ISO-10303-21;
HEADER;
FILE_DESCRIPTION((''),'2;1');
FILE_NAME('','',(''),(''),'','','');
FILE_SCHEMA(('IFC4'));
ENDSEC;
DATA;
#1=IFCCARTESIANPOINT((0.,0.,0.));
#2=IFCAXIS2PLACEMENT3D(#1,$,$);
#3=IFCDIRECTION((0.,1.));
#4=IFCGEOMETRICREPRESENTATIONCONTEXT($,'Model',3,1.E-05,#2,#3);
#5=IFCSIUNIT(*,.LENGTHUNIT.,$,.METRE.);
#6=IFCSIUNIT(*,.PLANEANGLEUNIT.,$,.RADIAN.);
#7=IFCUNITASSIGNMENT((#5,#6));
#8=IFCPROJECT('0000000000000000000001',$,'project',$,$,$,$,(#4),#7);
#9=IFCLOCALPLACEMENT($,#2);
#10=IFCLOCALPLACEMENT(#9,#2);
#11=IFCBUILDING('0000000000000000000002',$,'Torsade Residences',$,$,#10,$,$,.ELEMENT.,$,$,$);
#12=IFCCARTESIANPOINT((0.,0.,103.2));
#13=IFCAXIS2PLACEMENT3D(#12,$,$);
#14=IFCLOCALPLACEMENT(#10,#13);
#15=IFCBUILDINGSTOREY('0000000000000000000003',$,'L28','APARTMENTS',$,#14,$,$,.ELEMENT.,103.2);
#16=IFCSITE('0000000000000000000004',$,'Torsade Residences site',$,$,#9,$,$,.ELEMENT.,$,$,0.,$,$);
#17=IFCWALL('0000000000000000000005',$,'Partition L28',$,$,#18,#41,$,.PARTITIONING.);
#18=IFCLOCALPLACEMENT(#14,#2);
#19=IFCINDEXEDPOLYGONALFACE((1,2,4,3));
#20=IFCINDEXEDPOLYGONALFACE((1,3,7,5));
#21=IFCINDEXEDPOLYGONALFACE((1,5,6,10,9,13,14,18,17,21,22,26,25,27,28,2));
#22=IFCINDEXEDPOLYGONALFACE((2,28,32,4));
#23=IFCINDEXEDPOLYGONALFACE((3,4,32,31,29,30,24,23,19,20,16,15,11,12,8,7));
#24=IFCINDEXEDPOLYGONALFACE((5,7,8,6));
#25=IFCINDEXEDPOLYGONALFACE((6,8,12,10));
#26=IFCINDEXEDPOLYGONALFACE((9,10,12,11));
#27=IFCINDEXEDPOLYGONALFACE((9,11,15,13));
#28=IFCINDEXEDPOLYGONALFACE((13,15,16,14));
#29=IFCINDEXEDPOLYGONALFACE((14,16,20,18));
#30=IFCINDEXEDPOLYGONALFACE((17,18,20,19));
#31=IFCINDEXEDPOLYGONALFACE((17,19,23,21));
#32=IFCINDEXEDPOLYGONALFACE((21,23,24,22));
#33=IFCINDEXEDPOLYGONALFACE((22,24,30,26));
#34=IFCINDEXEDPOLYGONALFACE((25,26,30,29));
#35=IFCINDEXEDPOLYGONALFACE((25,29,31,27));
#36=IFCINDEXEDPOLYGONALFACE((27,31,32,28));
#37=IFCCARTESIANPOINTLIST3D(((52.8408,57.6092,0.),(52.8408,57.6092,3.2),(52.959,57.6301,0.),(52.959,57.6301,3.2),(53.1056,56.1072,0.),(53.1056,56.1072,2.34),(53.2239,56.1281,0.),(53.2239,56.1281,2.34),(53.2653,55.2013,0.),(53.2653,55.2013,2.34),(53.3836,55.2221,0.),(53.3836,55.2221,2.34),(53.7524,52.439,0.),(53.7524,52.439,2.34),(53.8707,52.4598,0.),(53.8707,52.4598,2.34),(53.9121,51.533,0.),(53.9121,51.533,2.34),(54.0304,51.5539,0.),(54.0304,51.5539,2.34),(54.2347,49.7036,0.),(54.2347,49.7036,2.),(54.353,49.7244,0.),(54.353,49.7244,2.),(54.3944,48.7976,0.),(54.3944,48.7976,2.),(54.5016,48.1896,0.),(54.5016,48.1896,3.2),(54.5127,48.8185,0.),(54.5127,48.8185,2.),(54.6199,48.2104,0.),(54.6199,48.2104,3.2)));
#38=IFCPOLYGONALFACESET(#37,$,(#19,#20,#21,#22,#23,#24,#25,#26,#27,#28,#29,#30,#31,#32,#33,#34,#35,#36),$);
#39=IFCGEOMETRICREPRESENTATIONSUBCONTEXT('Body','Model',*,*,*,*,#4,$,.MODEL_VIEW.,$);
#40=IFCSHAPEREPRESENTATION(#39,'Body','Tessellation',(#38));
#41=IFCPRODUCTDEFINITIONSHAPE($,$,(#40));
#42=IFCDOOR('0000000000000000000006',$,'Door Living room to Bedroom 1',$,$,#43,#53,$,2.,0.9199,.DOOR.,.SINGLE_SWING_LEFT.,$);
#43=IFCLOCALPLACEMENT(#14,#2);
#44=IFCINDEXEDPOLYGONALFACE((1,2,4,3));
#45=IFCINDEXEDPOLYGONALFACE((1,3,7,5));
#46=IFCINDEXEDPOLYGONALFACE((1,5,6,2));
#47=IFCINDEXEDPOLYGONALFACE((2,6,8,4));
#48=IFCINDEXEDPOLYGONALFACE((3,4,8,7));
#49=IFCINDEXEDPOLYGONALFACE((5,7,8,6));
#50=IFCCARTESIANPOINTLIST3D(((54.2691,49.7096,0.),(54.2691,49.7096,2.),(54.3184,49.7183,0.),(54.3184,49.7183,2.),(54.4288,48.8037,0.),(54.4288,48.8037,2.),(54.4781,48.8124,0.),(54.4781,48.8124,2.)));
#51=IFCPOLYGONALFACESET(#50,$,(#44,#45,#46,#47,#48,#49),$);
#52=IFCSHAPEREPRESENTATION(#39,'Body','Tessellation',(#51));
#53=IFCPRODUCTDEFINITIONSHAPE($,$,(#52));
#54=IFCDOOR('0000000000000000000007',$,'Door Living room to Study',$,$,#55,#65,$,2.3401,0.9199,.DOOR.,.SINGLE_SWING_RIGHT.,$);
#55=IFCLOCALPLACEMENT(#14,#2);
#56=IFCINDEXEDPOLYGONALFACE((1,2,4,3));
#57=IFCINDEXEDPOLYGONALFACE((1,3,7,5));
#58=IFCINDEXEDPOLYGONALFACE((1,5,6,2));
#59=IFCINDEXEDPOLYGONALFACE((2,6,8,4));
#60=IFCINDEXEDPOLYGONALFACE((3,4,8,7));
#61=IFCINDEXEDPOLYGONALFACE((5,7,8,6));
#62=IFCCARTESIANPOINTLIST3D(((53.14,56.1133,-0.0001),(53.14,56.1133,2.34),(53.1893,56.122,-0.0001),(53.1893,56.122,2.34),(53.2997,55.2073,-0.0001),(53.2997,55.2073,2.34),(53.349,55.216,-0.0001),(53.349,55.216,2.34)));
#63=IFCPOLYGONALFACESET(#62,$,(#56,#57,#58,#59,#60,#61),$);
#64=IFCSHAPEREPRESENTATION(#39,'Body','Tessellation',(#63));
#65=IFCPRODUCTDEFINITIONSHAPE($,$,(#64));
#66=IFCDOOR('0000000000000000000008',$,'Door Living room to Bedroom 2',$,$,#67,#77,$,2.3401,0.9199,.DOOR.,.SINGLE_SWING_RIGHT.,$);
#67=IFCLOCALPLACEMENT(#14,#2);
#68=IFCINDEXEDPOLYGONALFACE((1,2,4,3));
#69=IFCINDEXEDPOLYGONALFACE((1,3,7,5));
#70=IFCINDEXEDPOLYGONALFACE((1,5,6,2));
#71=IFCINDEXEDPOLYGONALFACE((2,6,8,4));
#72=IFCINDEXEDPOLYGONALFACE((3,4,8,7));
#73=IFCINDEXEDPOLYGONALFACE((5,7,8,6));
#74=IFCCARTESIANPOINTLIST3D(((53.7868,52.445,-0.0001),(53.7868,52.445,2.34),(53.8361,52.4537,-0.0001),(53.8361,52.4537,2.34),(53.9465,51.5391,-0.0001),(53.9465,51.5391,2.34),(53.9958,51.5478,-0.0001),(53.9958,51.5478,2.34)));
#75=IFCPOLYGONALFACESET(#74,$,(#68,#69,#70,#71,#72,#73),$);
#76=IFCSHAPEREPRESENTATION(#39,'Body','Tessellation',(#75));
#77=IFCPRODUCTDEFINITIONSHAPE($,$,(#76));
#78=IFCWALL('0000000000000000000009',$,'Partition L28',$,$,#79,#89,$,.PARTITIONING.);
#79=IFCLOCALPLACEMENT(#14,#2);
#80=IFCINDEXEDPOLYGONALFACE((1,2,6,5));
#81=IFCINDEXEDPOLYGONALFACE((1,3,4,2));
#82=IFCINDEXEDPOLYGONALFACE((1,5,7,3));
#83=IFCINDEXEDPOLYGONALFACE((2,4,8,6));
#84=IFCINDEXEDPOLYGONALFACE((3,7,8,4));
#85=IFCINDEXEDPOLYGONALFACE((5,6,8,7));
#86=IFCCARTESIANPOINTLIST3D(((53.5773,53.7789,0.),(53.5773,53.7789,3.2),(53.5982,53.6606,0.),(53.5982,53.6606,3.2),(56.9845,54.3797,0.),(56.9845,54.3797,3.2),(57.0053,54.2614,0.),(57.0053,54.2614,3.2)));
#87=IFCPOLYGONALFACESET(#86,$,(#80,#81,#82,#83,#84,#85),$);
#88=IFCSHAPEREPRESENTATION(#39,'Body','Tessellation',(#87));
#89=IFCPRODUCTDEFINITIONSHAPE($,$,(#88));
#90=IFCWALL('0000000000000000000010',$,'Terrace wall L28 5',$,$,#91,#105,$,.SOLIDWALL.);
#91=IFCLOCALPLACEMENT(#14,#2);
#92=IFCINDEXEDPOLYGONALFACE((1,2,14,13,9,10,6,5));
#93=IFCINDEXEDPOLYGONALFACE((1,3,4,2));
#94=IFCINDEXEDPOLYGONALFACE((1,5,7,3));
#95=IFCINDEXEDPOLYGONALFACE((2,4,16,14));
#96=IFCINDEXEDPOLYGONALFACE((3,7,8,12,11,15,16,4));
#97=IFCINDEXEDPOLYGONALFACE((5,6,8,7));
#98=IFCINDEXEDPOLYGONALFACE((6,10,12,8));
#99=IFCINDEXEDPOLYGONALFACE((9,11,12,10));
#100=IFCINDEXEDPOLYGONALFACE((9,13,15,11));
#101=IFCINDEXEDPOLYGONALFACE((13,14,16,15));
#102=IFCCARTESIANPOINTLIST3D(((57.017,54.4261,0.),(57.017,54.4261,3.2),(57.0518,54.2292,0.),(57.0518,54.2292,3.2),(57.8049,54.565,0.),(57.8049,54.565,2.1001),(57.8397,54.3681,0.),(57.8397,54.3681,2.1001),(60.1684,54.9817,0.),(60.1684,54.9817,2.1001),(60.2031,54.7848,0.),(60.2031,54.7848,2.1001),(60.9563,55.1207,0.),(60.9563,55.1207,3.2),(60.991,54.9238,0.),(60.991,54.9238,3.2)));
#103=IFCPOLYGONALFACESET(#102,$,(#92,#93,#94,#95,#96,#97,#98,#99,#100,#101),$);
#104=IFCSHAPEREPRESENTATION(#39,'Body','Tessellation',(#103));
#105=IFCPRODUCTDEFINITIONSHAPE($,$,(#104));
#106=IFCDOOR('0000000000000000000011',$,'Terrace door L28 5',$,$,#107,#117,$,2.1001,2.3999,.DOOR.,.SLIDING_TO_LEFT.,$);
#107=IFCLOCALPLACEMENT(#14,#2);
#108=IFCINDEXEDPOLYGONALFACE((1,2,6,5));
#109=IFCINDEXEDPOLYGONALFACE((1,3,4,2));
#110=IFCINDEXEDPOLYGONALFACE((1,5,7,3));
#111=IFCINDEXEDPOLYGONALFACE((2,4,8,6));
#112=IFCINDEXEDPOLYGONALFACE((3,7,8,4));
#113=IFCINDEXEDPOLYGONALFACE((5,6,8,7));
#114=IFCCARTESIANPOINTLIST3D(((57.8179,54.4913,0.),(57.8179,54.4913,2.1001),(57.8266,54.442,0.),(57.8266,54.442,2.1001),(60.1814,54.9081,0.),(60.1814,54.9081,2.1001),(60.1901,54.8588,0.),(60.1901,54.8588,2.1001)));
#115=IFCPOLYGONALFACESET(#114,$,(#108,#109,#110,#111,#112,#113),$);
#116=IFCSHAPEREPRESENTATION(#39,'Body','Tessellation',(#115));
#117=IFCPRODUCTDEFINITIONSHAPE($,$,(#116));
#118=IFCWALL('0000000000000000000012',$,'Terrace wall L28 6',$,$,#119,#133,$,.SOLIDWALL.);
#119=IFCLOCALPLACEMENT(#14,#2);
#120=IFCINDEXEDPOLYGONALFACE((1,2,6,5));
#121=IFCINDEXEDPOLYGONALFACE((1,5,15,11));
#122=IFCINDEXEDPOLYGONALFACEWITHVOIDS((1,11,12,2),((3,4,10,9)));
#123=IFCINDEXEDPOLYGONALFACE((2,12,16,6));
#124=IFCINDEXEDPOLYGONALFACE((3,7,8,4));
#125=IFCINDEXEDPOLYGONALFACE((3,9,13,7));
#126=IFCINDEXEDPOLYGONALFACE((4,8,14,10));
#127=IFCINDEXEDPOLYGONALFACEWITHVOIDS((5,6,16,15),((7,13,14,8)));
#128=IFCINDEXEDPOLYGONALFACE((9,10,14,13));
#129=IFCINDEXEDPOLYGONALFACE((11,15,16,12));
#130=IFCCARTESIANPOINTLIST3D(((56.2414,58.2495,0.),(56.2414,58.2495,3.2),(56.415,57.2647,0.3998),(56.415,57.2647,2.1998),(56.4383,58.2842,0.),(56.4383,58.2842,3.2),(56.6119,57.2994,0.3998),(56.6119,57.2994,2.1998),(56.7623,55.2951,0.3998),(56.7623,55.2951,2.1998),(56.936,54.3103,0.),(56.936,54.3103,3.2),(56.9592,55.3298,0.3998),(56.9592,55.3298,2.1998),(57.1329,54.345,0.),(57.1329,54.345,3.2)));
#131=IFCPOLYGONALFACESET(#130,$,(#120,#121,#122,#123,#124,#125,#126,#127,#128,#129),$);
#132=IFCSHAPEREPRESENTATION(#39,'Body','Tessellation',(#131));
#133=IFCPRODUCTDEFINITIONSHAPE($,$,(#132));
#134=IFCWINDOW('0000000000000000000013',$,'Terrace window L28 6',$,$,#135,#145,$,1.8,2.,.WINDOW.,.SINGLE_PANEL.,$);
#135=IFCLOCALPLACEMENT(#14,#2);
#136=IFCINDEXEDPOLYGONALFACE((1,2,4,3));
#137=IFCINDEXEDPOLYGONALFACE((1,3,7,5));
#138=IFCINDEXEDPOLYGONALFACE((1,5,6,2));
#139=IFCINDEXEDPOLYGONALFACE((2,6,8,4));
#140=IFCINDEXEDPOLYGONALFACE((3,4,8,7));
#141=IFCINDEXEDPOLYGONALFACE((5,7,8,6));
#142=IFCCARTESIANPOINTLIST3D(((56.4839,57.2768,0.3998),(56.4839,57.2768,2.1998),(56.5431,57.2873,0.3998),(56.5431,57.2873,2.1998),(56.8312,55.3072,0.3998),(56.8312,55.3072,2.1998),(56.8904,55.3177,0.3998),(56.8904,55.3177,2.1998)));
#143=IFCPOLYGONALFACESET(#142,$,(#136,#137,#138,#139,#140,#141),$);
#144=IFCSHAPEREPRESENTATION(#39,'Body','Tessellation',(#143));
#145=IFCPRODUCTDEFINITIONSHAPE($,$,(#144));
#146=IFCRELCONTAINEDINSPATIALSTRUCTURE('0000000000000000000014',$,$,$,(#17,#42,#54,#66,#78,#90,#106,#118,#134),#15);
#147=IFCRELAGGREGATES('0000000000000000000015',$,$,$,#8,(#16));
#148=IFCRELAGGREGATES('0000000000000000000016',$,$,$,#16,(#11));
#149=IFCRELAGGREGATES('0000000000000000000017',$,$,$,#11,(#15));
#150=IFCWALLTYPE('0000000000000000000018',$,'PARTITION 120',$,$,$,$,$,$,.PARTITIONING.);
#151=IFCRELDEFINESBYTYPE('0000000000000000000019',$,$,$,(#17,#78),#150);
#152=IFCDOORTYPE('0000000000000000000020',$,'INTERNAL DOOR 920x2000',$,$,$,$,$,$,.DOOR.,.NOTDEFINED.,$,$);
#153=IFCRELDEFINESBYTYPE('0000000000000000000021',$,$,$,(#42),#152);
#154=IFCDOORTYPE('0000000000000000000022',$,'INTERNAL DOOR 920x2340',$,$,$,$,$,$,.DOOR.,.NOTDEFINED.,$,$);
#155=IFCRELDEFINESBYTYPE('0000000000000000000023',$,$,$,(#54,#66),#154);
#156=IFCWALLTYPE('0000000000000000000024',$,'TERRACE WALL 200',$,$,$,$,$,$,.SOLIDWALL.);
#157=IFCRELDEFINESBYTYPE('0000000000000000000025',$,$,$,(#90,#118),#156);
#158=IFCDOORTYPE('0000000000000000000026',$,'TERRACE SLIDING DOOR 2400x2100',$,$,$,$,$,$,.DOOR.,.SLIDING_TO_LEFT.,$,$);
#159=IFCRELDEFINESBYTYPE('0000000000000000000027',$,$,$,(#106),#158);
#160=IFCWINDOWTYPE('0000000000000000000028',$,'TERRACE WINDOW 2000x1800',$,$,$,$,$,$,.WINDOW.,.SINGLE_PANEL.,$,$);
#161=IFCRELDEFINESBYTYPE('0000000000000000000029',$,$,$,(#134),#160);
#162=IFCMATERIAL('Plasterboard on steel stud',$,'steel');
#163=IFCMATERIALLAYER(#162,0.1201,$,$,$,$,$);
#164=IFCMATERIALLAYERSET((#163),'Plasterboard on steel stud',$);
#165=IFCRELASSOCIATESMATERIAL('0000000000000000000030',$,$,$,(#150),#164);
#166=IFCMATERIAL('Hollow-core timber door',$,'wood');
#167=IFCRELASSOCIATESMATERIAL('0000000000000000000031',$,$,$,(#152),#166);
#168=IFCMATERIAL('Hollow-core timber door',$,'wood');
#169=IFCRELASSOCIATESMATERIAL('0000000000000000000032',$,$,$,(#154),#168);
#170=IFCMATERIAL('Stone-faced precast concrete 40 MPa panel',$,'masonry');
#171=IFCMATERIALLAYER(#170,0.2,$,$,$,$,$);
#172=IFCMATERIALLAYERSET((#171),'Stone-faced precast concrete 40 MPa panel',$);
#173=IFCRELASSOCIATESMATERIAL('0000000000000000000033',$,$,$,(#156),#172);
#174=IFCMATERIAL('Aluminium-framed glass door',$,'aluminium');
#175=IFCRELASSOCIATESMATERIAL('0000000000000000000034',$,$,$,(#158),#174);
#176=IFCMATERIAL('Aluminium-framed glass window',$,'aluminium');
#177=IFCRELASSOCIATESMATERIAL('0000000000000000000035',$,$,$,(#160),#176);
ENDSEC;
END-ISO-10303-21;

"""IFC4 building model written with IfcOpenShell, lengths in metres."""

from ifc_helpers import new_model, si_unit, direction, frame, frame_2d, origin, place, context, subcontext, project, spatial, rectangle, extrude, material, layer, layer_set, type_object, element, fill, save


model = new_model("IFC4")

# Units and contexts
model_context = context("Model", 3, precision=1e-05, world=origin(), true_north=direction((0.0, 1.0)))
body_context = subcontext(model_context, "Body", "Model", "MODEL_VIEW")
ifc_project = project(units=[si_unit("LENGTHUNIT", "METRE"), si_unit("PLANEANGLEUNIT", "RADIAN")], contexts=[model_context])

# Site, building, storey
site_placement = place(None, origin())
site = spatial("IfcSite", under=ifc_project, at=site_placement, Name="Torsade Residences site", CompositionType="ELEMENT", RefElevation=0.0)
building_placement = place(site_placement, origin())
building = spatial("IfcBuilding", under=site, at=building_placement, Name="Torsade Residences", CompositionType="ELEMENT")
storey_placement = place(building_placement, frame((0.0, 0.0, 103.2)))
storey = spatial("IfcBuildingStorey", under=building, at=storey_placement, Name="L28", Description="APARTMENTS", CompositionType="ELEMENT", Elevation=103.2)

# Wall, openings, doors
ifc_material_1 = material(Name="Plasterboard on steel stud", Category="steel")
ifc_layer_1 = layer(ifc_material_1, 0.1201)
ifc_layer_set_1 = layer_set([ifc_layer_1], Name="Plasterboard on steel stud")
wall_type_1 = type_object("IfcWallType", Name="PARTITION 120", PredefinedType="PARTITIONING", material=ifc_layer_set_1)
wall_1_placement = place(storey_placement, frame((52.8999, 57.6196, 0.0), z_axis=(0.0, 0.0, 1.0), x_axis=(0.173643, -0.984809, 0.0)))
wall_1 = element("IfcWall", 1, at=wall_1_placement, inside=storey, type_object=wall_type_1, Name="Partition L28", PredefinedType="PARTITIONING", context=body_context, shape_type="SweptSolid", body=[
    extrude(rectangle(XDim=9.5649, YDim=0.1201, at=frame_2d((4.7825, 0.0))), origin(), (0.0, 0.0, 1.0), 3.2),
])
opening_1_placement = place(wall_1_placement, frame((1.5251, 0.0, 0.0)))
opening_1 = element("IfcOpeningElement", 2, at=opening_1_placement, cuts=wall_1, PredefinedType="OPENING", context=body_context, shape_type="SweptSolid", body=[
    extrude(rectangle(XDim=0.9199, YDim=2.3401, at=frame_2d((0.46, 1.1699))), frame((0.0, 0.0701, 0.0), z_axis=(0.0, -1.0, 0.0), x_axis=(1.0, 0.0, 0.0)), (0.0, 0.0, 1.0), 0.1401),
])
opening_2_placement = place(wall_1_placement, frame((5.25, 0.0, 0.0)))
opening_2 = element("IfcOpeningElement", 3, at=opening_2_placement, cuts=wall_1, PredefinedType="OPENING", context=body_context, shape_type="SweptSolid", body=[
    extrude(rectangle(XDim=0.9199, YDim=2.3401, at=frame_2d((0.46, 1.1699))), frame((0.0, 0.0701, 0.0), z_axis=(0.0, -1.0, 0.0), x_axis=(1.0, 0.0, 0.0)), (0.0, 0.0, 1.0), 0.1401),
])
opening_3_placement = place(wall_1_placement, frame((8.0276, 0.0, 0.0)))
opening_3 = element("IfcOpeningElement", 4, at=opening_3_placement, cuts=wall_1, PredefinedType="OPENING", context=body_context, shape_type="SweptSolid", body=[
    extrude(rectangle(XDim=0.9199, YDim=2.0, at=frame_2d((0.46, 1.0))), frame((0.0, 0.0701, 0.0), z_axis=(0.0, -1.0, 0.0), x_axis=(1.0, 0.0, 0.0)), (0.0, 0.0, 1.0), 0.1401),
])
ifc_material_2 = material(Name="Hollow-core timber door", Category="wood")
door_type_1 = type_object("IfcDoorType", Name="INTERNAL DOOR 920x2000", OperationType="NOTDEFINED", PredefinedType="DOOR", material=ifc_material_2)
door_1_placement = place(opening_3_placement, origin())
door_1 = element("IfcDoor", 5, at=door_1_placement, inside=storey, type_object=door_type_1, Name="Door Living room to Bedroom 1", OperationType="SINGLE_SWING_LEFT", OverallHeight=2.0, OverallWidth=0.9199, PredefinedType="DOOR", context=body_context, shape_type="SweptSolid", body=[
    extrude(rectangle(XDim=0.9199, YDim=2.0, at=frame_2d((0.46, 1.0))), frame((0.0, 0.0249, 0.0), z_axis=(0.0, -1.0, 0.0), x_axis=(1.0, 0.0, 0.0)), (0.0, 0.0, 1.0), 0.05),
])
fill(opening_3, door_1)
ifc_material_3 = material(Name="Hollow-core timber door", Category="wood")
door_type_2 = type_object("IfcDoorType", Name="INTERNAL DOOR 920x2340", OperationType="NOTDEFINED", PredefinedType="DOOR", material=ifc_material_3)
door_2_placement = place(opening_1_placement, origin())
door_2 = element("IfcDoor", 6, at=door_2_placement, inside=storey, type_object=door_type_2, Name="Door Living room to Study", OperationType="SINGLE_SWING_RIGHT", OverallHeight=2.3401, OverallWidth=0.9199, PredefinedType="DOOR", context=body_context, shape_type="SweptSolid", body=[
    extrude(rectangle(XDim=0.9199, YDim=2.3401, at=frame_2d((0.46, 1.1699))), frame((0.0, 0.0249, 0.0), z_axis=(0.0, -1.0, 0.0), x_axis=(1.0, 0.0, 0.0)), (0.0, 0.0, 1.0), 0.05),
])
fill(opening_1, door_2)
door_3_placement = place(opening_2_placement, origin())
door_3 = element("IfcDoor", 7, at=door_3_placement, inside=storey, type_object=door_type_2, Name="Door Living room to Bedroom 2", OperationType="SINGLE_SWING_RIGHT", OverallHeight=2.3401, OverallWidth=0.9199, PredefinedType="DOOR", context=body_context, shape_type="SweptSolid", body=[
    extrude(rectangle(XDim=0.9199, YDim=2.3401, at=frame_2d((0.46, 1.1699))), frame((0.0, 0.0249, 0.0), z_axis=(0.0, -1.0, 0.0), x_axis=(1.0, 0.0, 0.0)), (0.0, 0.0, 1.0), 0.05),
])
fill(opening_2, door_3)

# Wall
wall_2_placement = place(storey_placement, frame((53.5876, 53.7197, 0.0), z_axis=(0.0, 0.0, 1.0), x_axis=(0.984806, 0.173661, 0.0)))
element("IfcWall", 8, at=wall_2_placement, inside=storey, type_object=wall_type_1, Name="Partition L28", PredefinedType="PARTITIONING", context=body_context, shape_type="SweptSolid", body=[
    extrude(rectangle(XDim=3.4597, YDim=0.1201, at=frame_2d((1.73, 0.0))), origin(), (0.0, 0.0, 1.0), 3.2),
])

# Wall, opening, door
ifc_material_4 = material(Name="Stone-faced precast concrete 40 MPa panel", Category="masonry")
ifc_layer_2 = layer(ifc_material_4, 0.2)
ifc_layer_set_2 = layer_set([ifc_layer_2], Name="Stone-faced precast concrete 40 MPa panel")
wall_type_2 = type_object("IfcWallType", Name="TERRACE WALL 200", PredefinedType="SOLIDWALL", material=ifc_layer_set_2)
wall_3_placement = place(storey_placement, frame((60.9736, 55.0222, 0.0), z_axis=(0.0, 0.0, 1.0), x_axis=(-0.984808, -0.173646, 0.0)))
wall_3 = element("IfcWall", 9, at=wall_3_placement, inside=storey, type_object=wall_type_2, Name="Terrace wall L28 5", PredefinedType="SOLIDWALL", context=body_context, shape_type="SweptSolid", body=[
    extrude(rectangle(XDim=4.0, YDim=0.2, at=frame_2d((2.0, 0.0))), origin(), (0.0, 0.0, 1.0), 3.2),
])
opening_4_placement = place(wall_3_placement, frame((0.8, 0.0, 0.0)))
opening_4 = element("IfcOpeningElement", 10, at=opening_4_placement, cuts=wall_3, PredefinedType="OPENING", context=body_context, shape_type="SweptSolid", body=[
    extrude(rectangle(XDim=2.3999, YDim=2.1001, at=frame_2d((1.2, 1.05))), frame((0.0, 0.1099, 0.0), z_axis=(0.0, -1.0, 0.0), x_axis=(1.0, 0.0, 0.0)), (0.0, 0.0, 1.0), 0.22),
])
ifc_material_5 = material(Name="Aluminium-framed glass door", Category="aluminium")
door_type_3 = type_object("IfcDoorType", Name="TERRACE SLIDING DOOR 2400x2100", OperationType="SLIDING_TO_LEFT", PredefinedType="DOOR", material=ifc_material_5)
door_4_placement = place(opening_4_placement, origin())
door_4 = element("IfcDoor", 11, at=door_4_placement, inside=storey, type_object=door_type_3, Name="Terrace door L28 5", OperationType="SLIDING_TO_LEFT", OverallHeight=2.1001, OverallWidth=2.3999, PredefinedType="DOOR", context=body_context, shape_type="SweptSolid", body=[
    extrude(rectangle(XDim=2.3999, YDim=2.1001, at=frame_2d((1.2, 1.05))), frame((0.0, 0.0249, 0.0), z_axis=(0.0, -1.0, 0.0), x_axis=(1.0, 0.0, 0.0)), (0.0, 0.0, 1.0), 0.05),
])
fill(opening_4, door_4)

# Wall, opening, window
wall_4_placement = place(storey_placement, frame((57.0344, 54.3276, 0.0), z_axis=(0.0, 0.0, 1.0), x_axis=(-0.173646, 0.984808, 0.0)))
wall_4 = element("IfcWall", 12, at=wall_4_placement, inside=storey, type_object=wall_type_2, Name="Terrace wall L28 6", PredefinedType="SOLIDWALL", context=body_context, shape_type="SweptSolid", body=[
    extrude(rectangle(XDim=4.0, YDim=0.2, at=frame_2d((2.0, 0.0))), origin(), (0.0, 0.0, 1.0), 3.2),
])
opening_5_placement = place(wall_4_placement, frame((1.0, 0.0, 0.3999)))
opening_5 = element("IfcOpeningElement", 13, at=opening_5_placement, cuts=wall_4, PredefinedType="OPENING", context=body_context, shape_type="SweptSolid", body=[
    extrude(rectangle(XDim=2.0, YDim=1.8, at=frame_2d((1.0, 0.8999))), frame((0.0, 0.1099, 0.0), z_axis=(0.0, -1.0, 0.0), x_axis=(1.0, 0.0, 0.0)), (0.0, 0.0, 1.0), 0.22),
])
ifc_material_6 = material(Name="Aluminium-framed glass window", Category="aluminium")
window_type = type_object("IfcWindowType", Name="TERRACE WINDOW 2000x1800", PartitioningType="SINGLE_PANEL", PredefinedType="WINDOW", material=ifc_material_6)
window_placement = place(opening_5_placement, origin())
window = element("IfcWindow", 14, at=window_placement, inside=storey, type_object=window_type, Name="Terrace window L28 6", OverallHeight=1.8, OverallWidth=2.0, PartitioningType="SINGLE_PANEL", PredefinedType="WINDOW", context=body_context, shape_type="SweptSolid", body=[
    extrude(rectangle(XDim=2.0, YDim=1.8, at=frame_2d((1.0, 0.8999))), frame((0.0, 0.03, 0.0), z_axis=(0.0, -1.0, 0.0), x_axis=(1.0, 0.0, 0.0)), (0.0, 0.0, 1.0), 0.0601),
])
fill(opening_5, window)

save(model, "model.ifc")
